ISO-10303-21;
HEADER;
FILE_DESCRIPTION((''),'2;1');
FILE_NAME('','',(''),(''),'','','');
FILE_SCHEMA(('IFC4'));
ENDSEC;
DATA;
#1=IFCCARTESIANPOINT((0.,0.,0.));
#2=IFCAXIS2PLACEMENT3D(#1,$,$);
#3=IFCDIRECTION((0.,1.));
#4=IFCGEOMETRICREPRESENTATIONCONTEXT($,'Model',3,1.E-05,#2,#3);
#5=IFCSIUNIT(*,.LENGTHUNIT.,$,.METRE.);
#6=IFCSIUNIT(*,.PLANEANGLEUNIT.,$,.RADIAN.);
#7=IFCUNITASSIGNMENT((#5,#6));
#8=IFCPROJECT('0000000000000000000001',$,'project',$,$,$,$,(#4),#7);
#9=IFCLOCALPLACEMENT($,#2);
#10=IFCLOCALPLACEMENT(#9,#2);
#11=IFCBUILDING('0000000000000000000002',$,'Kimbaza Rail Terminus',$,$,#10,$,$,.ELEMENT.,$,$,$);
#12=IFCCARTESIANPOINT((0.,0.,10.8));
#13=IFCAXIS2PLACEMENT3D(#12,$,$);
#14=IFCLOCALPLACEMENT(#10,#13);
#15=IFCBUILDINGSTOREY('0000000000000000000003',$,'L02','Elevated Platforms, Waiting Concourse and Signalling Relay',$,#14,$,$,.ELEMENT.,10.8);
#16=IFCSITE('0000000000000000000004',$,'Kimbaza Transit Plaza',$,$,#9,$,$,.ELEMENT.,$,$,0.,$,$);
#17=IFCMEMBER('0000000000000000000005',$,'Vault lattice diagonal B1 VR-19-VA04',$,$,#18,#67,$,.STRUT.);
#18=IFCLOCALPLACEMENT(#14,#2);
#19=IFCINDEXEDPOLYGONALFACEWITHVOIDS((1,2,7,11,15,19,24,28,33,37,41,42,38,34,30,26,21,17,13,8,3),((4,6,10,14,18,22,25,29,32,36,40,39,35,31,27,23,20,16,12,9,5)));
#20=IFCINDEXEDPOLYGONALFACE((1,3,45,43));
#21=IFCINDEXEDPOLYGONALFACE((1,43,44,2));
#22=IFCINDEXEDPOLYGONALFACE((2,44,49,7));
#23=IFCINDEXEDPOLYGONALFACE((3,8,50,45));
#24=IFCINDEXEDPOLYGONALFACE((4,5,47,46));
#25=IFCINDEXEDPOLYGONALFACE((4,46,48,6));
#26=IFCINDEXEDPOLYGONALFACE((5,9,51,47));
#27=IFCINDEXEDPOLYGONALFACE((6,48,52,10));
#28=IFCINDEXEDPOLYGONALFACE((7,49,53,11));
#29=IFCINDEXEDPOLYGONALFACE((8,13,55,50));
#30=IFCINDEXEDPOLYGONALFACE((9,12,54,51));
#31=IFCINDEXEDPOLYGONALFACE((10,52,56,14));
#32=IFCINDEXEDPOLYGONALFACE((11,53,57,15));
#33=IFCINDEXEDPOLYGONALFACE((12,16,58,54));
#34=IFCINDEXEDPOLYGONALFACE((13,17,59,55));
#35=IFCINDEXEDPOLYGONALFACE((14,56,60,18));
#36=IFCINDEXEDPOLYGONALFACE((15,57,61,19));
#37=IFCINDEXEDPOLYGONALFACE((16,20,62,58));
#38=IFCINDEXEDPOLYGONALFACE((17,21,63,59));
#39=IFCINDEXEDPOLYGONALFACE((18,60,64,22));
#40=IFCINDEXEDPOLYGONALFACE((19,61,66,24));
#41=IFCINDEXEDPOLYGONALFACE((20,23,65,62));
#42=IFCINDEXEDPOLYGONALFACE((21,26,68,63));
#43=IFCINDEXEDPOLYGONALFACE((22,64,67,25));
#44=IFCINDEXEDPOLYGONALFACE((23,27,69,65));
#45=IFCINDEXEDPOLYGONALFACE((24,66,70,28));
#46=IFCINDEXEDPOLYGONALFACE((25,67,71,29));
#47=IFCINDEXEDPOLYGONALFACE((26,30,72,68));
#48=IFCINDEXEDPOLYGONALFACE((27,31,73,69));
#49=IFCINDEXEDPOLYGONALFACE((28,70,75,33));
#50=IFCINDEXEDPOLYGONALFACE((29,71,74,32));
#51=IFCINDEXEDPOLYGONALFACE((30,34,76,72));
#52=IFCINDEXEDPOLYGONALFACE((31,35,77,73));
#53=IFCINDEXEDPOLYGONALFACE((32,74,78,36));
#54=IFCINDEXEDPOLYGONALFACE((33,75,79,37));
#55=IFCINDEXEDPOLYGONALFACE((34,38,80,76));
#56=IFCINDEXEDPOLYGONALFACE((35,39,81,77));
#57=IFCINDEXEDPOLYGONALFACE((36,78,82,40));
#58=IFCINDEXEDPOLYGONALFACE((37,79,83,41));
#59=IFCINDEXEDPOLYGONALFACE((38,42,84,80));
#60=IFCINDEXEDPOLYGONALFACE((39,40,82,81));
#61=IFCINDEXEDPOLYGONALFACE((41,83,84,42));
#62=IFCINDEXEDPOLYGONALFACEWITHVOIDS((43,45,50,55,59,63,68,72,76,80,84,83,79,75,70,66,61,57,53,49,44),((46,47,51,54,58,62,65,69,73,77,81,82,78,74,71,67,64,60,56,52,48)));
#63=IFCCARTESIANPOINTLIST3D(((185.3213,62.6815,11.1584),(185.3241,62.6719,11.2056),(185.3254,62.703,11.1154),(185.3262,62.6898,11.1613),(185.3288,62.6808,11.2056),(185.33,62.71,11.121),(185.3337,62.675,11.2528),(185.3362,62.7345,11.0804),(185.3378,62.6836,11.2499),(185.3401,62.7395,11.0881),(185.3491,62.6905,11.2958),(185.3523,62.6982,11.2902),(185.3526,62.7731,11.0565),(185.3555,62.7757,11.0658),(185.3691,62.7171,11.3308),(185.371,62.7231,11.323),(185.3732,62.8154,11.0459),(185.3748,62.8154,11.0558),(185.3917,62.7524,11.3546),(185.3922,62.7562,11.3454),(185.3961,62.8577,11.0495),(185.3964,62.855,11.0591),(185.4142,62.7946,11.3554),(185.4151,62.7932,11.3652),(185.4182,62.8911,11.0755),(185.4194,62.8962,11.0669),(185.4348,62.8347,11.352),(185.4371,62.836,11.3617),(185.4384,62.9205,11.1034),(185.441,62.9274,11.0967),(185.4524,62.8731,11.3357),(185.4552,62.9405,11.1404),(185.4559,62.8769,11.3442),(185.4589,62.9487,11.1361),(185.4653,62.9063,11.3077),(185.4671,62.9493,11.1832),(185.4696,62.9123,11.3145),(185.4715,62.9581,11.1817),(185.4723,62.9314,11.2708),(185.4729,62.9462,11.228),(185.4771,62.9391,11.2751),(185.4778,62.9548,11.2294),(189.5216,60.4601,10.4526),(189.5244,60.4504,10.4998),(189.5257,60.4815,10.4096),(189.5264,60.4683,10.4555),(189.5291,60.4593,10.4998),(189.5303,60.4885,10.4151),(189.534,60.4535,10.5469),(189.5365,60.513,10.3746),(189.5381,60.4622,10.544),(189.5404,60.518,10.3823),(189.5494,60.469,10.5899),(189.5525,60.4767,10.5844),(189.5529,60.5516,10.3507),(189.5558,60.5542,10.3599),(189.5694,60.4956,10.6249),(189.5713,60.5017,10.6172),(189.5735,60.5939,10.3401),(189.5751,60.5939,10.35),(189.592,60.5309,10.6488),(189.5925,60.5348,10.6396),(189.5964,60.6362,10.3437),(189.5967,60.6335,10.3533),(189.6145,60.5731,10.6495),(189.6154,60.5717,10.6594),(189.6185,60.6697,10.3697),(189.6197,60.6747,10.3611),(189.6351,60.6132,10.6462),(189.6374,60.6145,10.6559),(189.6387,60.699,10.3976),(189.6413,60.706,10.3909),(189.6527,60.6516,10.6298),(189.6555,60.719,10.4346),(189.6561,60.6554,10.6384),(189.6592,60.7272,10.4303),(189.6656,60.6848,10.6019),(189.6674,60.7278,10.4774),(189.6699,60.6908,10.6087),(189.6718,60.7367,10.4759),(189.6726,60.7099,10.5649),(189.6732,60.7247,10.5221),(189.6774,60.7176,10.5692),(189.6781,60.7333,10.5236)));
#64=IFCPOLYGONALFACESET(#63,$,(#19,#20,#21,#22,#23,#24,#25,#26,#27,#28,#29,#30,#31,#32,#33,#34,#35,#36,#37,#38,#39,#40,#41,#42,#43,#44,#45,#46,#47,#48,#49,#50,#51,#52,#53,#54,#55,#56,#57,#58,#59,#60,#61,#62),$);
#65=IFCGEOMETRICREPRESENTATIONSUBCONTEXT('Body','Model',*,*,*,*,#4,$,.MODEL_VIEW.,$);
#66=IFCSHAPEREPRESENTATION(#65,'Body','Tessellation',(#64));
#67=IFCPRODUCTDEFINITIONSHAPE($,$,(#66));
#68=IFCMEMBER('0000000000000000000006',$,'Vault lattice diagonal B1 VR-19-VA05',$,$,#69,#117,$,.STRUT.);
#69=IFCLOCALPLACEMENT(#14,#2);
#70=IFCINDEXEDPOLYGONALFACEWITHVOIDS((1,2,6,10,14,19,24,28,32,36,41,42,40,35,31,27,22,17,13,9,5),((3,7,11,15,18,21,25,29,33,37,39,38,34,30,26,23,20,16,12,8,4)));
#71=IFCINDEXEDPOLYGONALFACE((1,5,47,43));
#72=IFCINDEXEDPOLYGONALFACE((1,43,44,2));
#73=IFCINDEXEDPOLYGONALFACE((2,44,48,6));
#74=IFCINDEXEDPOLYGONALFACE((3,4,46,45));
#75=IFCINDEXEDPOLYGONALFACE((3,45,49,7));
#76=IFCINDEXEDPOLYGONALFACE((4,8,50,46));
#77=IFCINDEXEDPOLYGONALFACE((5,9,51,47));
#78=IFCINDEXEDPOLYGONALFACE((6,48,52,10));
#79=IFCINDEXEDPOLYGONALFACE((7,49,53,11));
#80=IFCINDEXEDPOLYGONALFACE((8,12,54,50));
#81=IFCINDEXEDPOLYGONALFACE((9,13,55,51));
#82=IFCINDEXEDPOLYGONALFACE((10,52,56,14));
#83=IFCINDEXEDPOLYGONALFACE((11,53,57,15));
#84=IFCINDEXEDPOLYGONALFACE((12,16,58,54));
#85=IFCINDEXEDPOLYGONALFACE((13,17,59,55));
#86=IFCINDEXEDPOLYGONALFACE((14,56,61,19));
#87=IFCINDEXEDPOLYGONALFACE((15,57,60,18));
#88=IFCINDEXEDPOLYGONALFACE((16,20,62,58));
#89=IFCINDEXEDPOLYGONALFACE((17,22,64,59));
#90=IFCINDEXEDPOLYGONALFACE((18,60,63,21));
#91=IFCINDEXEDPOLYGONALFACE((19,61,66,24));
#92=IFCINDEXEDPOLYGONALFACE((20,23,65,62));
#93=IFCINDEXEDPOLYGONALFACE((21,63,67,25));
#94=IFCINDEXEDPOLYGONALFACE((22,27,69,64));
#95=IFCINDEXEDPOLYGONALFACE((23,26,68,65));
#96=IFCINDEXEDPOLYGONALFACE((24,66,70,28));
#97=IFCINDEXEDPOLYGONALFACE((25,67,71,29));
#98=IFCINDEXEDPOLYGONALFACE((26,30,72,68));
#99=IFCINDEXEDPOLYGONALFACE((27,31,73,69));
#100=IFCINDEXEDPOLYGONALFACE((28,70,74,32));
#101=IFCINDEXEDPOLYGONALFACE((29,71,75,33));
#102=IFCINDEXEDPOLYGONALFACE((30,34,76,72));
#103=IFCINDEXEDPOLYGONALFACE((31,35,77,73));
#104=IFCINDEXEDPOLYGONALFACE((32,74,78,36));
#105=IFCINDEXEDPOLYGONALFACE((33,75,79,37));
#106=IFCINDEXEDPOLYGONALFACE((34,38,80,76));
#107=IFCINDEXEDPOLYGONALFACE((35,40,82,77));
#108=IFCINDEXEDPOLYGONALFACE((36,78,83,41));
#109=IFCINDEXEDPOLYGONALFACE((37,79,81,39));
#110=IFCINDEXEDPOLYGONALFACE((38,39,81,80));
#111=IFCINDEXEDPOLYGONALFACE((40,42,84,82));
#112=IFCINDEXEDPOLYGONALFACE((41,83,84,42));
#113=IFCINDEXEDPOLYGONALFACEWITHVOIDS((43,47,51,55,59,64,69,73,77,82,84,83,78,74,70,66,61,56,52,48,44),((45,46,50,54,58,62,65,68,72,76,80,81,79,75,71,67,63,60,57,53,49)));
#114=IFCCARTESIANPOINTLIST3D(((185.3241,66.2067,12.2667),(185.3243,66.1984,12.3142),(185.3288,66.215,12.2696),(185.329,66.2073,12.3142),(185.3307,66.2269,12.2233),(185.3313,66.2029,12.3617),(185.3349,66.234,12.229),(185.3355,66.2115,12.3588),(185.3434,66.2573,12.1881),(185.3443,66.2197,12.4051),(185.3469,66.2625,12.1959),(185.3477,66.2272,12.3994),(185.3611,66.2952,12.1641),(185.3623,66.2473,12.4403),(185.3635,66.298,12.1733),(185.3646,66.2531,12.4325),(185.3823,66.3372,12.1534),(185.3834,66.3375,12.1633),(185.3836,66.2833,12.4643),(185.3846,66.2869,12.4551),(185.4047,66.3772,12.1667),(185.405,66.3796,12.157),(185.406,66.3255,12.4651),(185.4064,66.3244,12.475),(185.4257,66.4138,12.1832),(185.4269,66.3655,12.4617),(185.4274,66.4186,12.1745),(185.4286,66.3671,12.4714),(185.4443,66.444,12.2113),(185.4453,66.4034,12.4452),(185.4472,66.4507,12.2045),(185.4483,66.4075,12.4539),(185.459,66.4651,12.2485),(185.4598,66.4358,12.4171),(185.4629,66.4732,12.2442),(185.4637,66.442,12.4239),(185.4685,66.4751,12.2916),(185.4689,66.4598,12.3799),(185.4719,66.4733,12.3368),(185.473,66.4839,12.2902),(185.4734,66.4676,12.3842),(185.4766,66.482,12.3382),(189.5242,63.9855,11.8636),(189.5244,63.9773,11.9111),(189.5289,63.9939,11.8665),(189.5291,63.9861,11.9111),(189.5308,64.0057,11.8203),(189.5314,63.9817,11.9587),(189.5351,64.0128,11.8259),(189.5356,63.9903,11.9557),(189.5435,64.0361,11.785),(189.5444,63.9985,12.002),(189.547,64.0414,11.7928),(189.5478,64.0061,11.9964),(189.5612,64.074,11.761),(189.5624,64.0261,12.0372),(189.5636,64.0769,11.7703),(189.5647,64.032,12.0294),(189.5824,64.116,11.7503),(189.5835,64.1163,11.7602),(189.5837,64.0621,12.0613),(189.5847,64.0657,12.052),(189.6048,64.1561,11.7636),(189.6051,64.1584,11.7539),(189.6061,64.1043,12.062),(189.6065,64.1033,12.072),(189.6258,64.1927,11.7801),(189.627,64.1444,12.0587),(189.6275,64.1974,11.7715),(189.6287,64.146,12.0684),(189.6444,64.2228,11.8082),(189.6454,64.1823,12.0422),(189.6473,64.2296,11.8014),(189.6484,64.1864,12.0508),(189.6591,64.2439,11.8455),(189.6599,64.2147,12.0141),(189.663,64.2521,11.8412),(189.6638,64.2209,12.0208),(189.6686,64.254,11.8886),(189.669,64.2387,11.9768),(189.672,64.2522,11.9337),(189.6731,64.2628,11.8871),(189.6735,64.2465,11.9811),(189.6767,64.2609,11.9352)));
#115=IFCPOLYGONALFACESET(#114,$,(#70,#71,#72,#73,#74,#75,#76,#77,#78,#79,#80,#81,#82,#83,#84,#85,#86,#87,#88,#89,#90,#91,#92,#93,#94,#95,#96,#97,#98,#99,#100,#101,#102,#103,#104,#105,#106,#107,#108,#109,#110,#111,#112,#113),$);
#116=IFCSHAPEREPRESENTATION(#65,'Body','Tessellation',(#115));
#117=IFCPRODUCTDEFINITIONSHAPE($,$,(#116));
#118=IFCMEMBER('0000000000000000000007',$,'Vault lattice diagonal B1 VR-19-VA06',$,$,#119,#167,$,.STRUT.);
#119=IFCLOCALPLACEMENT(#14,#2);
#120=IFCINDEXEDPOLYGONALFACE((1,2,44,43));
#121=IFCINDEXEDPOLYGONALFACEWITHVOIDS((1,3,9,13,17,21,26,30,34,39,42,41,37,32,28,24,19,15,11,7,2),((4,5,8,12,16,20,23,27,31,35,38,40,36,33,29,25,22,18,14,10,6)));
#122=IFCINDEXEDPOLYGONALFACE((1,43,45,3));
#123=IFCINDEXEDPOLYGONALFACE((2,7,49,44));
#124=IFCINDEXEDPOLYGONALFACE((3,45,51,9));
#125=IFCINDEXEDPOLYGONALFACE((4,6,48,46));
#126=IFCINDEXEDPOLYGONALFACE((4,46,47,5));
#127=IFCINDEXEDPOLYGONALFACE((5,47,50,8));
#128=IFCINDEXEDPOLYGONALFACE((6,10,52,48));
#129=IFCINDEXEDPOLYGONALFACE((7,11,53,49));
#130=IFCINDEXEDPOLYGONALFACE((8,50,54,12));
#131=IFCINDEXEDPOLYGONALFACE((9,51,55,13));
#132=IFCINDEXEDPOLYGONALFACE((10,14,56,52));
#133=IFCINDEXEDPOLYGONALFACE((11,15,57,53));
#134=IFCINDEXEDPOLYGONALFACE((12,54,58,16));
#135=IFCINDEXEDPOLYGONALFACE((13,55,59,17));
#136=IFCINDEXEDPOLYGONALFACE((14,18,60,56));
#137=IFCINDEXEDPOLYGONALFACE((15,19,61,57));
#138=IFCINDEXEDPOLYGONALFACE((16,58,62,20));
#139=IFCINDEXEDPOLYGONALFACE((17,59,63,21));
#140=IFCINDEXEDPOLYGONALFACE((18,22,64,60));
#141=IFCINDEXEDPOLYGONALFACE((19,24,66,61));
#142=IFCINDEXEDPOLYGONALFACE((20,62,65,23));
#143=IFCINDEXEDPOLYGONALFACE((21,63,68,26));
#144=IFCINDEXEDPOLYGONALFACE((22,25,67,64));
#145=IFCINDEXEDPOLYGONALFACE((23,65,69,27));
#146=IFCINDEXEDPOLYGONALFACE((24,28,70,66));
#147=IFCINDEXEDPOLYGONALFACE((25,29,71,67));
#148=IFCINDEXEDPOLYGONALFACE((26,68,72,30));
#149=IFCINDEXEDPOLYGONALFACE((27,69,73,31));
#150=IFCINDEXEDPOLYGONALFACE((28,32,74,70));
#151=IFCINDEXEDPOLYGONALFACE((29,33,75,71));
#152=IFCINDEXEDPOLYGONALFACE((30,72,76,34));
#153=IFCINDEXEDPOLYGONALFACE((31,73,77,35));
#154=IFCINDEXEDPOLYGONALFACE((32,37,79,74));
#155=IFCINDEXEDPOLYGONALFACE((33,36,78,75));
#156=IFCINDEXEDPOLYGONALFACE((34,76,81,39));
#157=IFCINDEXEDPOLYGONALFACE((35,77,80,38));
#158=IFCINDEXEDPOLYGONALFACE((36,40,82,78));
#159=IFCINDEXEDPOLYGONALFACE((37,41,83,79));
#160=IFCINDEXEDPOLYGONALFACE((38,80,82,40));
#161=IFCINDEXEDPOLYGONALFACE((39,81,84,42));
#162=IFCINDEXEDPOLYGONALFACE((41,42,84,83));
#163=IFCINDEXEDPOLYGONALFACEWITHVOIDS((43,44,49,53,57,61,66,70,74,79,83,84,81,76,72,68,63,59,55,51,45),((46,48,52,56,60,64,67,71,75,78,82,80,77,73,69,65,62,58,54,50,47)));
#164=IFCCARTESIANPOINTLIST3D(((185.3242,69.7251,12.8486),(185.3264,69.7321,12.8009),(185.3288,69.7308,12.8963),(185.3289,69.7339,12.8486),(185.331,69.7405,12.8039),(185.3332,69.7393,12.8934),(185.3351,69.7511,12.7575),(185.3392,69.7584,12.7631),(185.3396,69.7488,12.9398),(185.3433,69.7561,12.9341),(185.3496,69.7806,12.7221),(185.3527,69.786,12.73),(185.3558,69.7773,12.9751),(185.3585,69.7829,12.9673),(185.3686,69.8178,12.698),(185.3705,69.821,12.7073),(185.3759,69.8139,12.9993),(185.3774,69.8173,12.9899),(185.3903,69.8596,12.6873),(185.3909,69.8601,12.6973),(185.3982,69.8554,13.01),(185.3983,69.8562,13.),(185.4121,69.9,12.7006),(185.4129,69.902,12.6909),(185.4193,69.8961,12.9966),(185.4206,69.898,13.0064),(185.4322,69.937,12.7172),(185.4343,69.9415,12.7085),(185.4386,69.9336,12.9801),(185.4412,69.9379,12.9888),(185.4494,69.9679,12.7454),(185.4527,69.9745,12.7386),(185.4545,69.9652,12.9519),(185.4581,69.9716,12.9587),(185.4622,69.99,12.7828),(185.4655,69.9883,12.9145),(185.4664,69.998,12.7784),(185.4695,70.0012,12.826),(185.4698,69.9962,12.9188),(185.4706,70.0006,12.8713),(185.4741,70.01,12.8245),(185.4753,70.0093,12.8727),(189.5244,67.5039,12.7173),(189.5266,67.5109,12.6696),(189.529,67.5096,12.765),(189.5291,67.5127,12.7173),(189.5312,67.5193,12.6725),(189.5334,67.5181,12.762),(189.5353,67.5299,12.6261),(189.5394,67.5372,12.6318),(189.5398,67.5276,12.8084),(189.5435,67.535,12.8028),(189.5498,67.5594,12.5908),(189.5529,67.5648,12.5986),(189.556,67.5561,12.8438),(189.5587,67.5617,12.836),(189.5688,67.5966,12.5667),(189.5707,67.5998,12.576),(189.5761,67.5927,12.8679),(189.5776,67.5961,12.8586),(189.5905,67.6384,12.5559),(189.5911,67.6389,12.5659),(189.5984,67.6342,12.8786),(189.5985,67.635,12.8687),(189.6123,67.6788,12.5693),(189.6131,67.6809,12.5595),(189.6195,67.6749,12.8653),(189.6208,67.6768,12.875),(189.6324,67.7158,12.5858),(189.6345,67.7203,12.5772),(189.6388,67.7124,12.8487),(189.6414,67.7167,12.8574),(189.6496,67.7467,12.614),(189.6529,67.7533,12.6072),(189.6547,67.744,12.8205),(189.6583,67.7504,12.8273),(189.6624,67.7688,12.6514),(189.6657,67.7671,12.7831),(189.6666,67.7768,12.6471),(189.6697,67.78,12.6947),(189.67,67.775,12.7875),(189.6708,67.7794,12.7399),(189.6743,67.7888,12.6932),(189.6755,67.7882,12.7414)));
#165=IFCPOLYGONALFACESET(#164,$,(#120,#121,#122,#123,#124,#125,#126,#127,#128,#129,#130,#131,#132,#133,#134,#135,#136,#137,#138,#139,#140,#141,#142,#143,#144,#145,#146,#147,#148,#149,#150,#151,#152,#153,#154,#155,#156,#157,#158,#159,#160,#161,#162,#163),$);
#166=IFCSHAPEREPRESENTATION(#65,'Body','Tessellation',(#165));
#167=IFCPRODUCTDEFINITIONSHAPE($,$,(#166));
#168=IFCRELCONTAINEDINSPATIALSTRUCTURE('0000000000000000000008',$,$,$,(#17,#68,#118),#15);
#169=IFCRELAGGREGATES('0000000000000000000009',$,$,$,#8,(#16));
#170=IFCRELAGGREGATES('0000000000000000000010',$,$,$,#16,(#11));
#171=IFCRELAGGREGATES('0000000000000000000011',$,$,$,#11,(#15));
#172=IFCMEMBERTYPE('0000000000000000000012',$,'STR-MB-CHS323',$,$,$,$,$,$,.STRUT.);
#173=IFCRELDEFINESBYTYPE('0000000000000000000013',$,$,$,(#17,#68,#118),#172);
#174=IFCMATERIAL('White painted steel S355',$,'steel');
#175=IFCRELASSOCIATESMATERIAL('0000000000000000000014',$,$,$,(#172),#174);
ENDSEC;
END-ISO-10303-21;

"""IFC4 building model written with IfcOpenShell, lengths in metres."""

from ifc_helpers import new_model, si_unit, direction, frame, origin, origin_2d, place, context, subcontext, project, spatial, hollow_circle, extrude, material, material_profile, profile_set, type_object, element, save


model = new_model("IFC4")

# Units and contexts
model_context = context("Model", 3, precision=1e-05, world=origin(), true_north=direction((0.0, 1.0)))
body_context = subcontext(model_context, "Body", "Model", "MODEL_VIEW")
ifc_project = project(units=[si_unit("LENGTHUNIT", "METRE"), si_unit("PLANEANGLEUNIT", "RADIAN")], contexts=[model_context])

# Site, building, storey
site_placement = place(None, origin())
site = spatial("IfcSite", under=ifc_project, at=site_placement, Name="Kimbaza Transit Plaza", CompositionType="ELEMENT", RefElevation=0.0)
building_placement = place(site_placement, origin())
building = spatial("IfcBuilding", under=site, at=building_placement, Name="Kimbaza Rail Terminus", CompositionType="ELEMENT")
storey_placement = place(building_placement, frame((0.0, 0.0, 10.8)))
storey = spatial("IfcBuildingStorey", under=building, at=storey_placement, Name="L02", Description="Elevated Platforms, Waiting Concourse and Signalling Relay", CompositionType="ELEMENT", Elevation=10.8)

# Members
ifc_material_1 = material(Name="White painted steel S355", Category="steel")
ifc_material_profile_1 = material_profile(ifc_material_1, hollow_circle(Radius=0.1619, WallThickness=0.01, at=origin_2d()), Name="CHS 323.9x10")
ifc_profile_set_1 = profile_set([ifc_material_profile_1], Name="White painted steel S355")
member_type_1 = type_object("IfcMemberType", Name="STR-MB-CHS323", PredefinedType="STRUT", material=ifc_profile_set_1)
member_1_placement = place(storey_placement, frame((189.6001, 60.5935, 10.4998), z_axis=(-0.874385, 0.462452, 0.146934), x_axis=(-0.467526, -0.883979, 0.0)))
element("IfcMember", 1, at=member_1_placement, inside=storey, type_object=member_type_1, Name="Vault lattice diagonal B1 VR-19-VA04", PredefinedType="STRUT", context=body_context, shape_type="SweptSolid", body=[
    extrude(hollow_circle(Radius=0.1619, WallThickness=0.01, at=origin_2d()), origin(), (0.0, 0.0, 1.0), 4.8037),
])
member_2_placement = place(storey_placement, frame((189.6001, 64.1204, 11.9111), z_axis=(-0.880836, 0.465813, 0.08453), x_axis=(-0.467486, -0.884, 0.0)))
element("IfcMember", 2, at=member_2_placement, inside=storey, type_object=member_type_1, Name="Vault lattice diagonal B1 VR-19-VA05", PredefinedType="STRUT", context=body_context, shape_type="SweptSolid", body=[
    extrude(hollow_circle(Radius=0.1619, WallThickness=0.01, at=origin_2d()), origin(), (0.0, 0.0, 1.0), 4.7683),
])
member_3_placement = place(storey_placement, frame((189.6001, 67.647, 12.7173), z_axis=(-0.883663, 0.467308, 0.027634), x_axis=(-0.467486, -0.884, 0.0)))
element("IfcMember", 3, at=member_3_placement, inside=storey, type_object=member_type_1, Name="Vault lattice diagonal B1 VR-19-VA06", PredefinedType="STRUT", context=body_context, shape_type="SweptSolid", body=[
    extrude(hollow_circle(Radius=0.1619, WallThickness=0.01, at=origin_2d()), origin(), (0.0, 0.0, 1.0), 4.7532),
])

save(model, "model.ifc")
